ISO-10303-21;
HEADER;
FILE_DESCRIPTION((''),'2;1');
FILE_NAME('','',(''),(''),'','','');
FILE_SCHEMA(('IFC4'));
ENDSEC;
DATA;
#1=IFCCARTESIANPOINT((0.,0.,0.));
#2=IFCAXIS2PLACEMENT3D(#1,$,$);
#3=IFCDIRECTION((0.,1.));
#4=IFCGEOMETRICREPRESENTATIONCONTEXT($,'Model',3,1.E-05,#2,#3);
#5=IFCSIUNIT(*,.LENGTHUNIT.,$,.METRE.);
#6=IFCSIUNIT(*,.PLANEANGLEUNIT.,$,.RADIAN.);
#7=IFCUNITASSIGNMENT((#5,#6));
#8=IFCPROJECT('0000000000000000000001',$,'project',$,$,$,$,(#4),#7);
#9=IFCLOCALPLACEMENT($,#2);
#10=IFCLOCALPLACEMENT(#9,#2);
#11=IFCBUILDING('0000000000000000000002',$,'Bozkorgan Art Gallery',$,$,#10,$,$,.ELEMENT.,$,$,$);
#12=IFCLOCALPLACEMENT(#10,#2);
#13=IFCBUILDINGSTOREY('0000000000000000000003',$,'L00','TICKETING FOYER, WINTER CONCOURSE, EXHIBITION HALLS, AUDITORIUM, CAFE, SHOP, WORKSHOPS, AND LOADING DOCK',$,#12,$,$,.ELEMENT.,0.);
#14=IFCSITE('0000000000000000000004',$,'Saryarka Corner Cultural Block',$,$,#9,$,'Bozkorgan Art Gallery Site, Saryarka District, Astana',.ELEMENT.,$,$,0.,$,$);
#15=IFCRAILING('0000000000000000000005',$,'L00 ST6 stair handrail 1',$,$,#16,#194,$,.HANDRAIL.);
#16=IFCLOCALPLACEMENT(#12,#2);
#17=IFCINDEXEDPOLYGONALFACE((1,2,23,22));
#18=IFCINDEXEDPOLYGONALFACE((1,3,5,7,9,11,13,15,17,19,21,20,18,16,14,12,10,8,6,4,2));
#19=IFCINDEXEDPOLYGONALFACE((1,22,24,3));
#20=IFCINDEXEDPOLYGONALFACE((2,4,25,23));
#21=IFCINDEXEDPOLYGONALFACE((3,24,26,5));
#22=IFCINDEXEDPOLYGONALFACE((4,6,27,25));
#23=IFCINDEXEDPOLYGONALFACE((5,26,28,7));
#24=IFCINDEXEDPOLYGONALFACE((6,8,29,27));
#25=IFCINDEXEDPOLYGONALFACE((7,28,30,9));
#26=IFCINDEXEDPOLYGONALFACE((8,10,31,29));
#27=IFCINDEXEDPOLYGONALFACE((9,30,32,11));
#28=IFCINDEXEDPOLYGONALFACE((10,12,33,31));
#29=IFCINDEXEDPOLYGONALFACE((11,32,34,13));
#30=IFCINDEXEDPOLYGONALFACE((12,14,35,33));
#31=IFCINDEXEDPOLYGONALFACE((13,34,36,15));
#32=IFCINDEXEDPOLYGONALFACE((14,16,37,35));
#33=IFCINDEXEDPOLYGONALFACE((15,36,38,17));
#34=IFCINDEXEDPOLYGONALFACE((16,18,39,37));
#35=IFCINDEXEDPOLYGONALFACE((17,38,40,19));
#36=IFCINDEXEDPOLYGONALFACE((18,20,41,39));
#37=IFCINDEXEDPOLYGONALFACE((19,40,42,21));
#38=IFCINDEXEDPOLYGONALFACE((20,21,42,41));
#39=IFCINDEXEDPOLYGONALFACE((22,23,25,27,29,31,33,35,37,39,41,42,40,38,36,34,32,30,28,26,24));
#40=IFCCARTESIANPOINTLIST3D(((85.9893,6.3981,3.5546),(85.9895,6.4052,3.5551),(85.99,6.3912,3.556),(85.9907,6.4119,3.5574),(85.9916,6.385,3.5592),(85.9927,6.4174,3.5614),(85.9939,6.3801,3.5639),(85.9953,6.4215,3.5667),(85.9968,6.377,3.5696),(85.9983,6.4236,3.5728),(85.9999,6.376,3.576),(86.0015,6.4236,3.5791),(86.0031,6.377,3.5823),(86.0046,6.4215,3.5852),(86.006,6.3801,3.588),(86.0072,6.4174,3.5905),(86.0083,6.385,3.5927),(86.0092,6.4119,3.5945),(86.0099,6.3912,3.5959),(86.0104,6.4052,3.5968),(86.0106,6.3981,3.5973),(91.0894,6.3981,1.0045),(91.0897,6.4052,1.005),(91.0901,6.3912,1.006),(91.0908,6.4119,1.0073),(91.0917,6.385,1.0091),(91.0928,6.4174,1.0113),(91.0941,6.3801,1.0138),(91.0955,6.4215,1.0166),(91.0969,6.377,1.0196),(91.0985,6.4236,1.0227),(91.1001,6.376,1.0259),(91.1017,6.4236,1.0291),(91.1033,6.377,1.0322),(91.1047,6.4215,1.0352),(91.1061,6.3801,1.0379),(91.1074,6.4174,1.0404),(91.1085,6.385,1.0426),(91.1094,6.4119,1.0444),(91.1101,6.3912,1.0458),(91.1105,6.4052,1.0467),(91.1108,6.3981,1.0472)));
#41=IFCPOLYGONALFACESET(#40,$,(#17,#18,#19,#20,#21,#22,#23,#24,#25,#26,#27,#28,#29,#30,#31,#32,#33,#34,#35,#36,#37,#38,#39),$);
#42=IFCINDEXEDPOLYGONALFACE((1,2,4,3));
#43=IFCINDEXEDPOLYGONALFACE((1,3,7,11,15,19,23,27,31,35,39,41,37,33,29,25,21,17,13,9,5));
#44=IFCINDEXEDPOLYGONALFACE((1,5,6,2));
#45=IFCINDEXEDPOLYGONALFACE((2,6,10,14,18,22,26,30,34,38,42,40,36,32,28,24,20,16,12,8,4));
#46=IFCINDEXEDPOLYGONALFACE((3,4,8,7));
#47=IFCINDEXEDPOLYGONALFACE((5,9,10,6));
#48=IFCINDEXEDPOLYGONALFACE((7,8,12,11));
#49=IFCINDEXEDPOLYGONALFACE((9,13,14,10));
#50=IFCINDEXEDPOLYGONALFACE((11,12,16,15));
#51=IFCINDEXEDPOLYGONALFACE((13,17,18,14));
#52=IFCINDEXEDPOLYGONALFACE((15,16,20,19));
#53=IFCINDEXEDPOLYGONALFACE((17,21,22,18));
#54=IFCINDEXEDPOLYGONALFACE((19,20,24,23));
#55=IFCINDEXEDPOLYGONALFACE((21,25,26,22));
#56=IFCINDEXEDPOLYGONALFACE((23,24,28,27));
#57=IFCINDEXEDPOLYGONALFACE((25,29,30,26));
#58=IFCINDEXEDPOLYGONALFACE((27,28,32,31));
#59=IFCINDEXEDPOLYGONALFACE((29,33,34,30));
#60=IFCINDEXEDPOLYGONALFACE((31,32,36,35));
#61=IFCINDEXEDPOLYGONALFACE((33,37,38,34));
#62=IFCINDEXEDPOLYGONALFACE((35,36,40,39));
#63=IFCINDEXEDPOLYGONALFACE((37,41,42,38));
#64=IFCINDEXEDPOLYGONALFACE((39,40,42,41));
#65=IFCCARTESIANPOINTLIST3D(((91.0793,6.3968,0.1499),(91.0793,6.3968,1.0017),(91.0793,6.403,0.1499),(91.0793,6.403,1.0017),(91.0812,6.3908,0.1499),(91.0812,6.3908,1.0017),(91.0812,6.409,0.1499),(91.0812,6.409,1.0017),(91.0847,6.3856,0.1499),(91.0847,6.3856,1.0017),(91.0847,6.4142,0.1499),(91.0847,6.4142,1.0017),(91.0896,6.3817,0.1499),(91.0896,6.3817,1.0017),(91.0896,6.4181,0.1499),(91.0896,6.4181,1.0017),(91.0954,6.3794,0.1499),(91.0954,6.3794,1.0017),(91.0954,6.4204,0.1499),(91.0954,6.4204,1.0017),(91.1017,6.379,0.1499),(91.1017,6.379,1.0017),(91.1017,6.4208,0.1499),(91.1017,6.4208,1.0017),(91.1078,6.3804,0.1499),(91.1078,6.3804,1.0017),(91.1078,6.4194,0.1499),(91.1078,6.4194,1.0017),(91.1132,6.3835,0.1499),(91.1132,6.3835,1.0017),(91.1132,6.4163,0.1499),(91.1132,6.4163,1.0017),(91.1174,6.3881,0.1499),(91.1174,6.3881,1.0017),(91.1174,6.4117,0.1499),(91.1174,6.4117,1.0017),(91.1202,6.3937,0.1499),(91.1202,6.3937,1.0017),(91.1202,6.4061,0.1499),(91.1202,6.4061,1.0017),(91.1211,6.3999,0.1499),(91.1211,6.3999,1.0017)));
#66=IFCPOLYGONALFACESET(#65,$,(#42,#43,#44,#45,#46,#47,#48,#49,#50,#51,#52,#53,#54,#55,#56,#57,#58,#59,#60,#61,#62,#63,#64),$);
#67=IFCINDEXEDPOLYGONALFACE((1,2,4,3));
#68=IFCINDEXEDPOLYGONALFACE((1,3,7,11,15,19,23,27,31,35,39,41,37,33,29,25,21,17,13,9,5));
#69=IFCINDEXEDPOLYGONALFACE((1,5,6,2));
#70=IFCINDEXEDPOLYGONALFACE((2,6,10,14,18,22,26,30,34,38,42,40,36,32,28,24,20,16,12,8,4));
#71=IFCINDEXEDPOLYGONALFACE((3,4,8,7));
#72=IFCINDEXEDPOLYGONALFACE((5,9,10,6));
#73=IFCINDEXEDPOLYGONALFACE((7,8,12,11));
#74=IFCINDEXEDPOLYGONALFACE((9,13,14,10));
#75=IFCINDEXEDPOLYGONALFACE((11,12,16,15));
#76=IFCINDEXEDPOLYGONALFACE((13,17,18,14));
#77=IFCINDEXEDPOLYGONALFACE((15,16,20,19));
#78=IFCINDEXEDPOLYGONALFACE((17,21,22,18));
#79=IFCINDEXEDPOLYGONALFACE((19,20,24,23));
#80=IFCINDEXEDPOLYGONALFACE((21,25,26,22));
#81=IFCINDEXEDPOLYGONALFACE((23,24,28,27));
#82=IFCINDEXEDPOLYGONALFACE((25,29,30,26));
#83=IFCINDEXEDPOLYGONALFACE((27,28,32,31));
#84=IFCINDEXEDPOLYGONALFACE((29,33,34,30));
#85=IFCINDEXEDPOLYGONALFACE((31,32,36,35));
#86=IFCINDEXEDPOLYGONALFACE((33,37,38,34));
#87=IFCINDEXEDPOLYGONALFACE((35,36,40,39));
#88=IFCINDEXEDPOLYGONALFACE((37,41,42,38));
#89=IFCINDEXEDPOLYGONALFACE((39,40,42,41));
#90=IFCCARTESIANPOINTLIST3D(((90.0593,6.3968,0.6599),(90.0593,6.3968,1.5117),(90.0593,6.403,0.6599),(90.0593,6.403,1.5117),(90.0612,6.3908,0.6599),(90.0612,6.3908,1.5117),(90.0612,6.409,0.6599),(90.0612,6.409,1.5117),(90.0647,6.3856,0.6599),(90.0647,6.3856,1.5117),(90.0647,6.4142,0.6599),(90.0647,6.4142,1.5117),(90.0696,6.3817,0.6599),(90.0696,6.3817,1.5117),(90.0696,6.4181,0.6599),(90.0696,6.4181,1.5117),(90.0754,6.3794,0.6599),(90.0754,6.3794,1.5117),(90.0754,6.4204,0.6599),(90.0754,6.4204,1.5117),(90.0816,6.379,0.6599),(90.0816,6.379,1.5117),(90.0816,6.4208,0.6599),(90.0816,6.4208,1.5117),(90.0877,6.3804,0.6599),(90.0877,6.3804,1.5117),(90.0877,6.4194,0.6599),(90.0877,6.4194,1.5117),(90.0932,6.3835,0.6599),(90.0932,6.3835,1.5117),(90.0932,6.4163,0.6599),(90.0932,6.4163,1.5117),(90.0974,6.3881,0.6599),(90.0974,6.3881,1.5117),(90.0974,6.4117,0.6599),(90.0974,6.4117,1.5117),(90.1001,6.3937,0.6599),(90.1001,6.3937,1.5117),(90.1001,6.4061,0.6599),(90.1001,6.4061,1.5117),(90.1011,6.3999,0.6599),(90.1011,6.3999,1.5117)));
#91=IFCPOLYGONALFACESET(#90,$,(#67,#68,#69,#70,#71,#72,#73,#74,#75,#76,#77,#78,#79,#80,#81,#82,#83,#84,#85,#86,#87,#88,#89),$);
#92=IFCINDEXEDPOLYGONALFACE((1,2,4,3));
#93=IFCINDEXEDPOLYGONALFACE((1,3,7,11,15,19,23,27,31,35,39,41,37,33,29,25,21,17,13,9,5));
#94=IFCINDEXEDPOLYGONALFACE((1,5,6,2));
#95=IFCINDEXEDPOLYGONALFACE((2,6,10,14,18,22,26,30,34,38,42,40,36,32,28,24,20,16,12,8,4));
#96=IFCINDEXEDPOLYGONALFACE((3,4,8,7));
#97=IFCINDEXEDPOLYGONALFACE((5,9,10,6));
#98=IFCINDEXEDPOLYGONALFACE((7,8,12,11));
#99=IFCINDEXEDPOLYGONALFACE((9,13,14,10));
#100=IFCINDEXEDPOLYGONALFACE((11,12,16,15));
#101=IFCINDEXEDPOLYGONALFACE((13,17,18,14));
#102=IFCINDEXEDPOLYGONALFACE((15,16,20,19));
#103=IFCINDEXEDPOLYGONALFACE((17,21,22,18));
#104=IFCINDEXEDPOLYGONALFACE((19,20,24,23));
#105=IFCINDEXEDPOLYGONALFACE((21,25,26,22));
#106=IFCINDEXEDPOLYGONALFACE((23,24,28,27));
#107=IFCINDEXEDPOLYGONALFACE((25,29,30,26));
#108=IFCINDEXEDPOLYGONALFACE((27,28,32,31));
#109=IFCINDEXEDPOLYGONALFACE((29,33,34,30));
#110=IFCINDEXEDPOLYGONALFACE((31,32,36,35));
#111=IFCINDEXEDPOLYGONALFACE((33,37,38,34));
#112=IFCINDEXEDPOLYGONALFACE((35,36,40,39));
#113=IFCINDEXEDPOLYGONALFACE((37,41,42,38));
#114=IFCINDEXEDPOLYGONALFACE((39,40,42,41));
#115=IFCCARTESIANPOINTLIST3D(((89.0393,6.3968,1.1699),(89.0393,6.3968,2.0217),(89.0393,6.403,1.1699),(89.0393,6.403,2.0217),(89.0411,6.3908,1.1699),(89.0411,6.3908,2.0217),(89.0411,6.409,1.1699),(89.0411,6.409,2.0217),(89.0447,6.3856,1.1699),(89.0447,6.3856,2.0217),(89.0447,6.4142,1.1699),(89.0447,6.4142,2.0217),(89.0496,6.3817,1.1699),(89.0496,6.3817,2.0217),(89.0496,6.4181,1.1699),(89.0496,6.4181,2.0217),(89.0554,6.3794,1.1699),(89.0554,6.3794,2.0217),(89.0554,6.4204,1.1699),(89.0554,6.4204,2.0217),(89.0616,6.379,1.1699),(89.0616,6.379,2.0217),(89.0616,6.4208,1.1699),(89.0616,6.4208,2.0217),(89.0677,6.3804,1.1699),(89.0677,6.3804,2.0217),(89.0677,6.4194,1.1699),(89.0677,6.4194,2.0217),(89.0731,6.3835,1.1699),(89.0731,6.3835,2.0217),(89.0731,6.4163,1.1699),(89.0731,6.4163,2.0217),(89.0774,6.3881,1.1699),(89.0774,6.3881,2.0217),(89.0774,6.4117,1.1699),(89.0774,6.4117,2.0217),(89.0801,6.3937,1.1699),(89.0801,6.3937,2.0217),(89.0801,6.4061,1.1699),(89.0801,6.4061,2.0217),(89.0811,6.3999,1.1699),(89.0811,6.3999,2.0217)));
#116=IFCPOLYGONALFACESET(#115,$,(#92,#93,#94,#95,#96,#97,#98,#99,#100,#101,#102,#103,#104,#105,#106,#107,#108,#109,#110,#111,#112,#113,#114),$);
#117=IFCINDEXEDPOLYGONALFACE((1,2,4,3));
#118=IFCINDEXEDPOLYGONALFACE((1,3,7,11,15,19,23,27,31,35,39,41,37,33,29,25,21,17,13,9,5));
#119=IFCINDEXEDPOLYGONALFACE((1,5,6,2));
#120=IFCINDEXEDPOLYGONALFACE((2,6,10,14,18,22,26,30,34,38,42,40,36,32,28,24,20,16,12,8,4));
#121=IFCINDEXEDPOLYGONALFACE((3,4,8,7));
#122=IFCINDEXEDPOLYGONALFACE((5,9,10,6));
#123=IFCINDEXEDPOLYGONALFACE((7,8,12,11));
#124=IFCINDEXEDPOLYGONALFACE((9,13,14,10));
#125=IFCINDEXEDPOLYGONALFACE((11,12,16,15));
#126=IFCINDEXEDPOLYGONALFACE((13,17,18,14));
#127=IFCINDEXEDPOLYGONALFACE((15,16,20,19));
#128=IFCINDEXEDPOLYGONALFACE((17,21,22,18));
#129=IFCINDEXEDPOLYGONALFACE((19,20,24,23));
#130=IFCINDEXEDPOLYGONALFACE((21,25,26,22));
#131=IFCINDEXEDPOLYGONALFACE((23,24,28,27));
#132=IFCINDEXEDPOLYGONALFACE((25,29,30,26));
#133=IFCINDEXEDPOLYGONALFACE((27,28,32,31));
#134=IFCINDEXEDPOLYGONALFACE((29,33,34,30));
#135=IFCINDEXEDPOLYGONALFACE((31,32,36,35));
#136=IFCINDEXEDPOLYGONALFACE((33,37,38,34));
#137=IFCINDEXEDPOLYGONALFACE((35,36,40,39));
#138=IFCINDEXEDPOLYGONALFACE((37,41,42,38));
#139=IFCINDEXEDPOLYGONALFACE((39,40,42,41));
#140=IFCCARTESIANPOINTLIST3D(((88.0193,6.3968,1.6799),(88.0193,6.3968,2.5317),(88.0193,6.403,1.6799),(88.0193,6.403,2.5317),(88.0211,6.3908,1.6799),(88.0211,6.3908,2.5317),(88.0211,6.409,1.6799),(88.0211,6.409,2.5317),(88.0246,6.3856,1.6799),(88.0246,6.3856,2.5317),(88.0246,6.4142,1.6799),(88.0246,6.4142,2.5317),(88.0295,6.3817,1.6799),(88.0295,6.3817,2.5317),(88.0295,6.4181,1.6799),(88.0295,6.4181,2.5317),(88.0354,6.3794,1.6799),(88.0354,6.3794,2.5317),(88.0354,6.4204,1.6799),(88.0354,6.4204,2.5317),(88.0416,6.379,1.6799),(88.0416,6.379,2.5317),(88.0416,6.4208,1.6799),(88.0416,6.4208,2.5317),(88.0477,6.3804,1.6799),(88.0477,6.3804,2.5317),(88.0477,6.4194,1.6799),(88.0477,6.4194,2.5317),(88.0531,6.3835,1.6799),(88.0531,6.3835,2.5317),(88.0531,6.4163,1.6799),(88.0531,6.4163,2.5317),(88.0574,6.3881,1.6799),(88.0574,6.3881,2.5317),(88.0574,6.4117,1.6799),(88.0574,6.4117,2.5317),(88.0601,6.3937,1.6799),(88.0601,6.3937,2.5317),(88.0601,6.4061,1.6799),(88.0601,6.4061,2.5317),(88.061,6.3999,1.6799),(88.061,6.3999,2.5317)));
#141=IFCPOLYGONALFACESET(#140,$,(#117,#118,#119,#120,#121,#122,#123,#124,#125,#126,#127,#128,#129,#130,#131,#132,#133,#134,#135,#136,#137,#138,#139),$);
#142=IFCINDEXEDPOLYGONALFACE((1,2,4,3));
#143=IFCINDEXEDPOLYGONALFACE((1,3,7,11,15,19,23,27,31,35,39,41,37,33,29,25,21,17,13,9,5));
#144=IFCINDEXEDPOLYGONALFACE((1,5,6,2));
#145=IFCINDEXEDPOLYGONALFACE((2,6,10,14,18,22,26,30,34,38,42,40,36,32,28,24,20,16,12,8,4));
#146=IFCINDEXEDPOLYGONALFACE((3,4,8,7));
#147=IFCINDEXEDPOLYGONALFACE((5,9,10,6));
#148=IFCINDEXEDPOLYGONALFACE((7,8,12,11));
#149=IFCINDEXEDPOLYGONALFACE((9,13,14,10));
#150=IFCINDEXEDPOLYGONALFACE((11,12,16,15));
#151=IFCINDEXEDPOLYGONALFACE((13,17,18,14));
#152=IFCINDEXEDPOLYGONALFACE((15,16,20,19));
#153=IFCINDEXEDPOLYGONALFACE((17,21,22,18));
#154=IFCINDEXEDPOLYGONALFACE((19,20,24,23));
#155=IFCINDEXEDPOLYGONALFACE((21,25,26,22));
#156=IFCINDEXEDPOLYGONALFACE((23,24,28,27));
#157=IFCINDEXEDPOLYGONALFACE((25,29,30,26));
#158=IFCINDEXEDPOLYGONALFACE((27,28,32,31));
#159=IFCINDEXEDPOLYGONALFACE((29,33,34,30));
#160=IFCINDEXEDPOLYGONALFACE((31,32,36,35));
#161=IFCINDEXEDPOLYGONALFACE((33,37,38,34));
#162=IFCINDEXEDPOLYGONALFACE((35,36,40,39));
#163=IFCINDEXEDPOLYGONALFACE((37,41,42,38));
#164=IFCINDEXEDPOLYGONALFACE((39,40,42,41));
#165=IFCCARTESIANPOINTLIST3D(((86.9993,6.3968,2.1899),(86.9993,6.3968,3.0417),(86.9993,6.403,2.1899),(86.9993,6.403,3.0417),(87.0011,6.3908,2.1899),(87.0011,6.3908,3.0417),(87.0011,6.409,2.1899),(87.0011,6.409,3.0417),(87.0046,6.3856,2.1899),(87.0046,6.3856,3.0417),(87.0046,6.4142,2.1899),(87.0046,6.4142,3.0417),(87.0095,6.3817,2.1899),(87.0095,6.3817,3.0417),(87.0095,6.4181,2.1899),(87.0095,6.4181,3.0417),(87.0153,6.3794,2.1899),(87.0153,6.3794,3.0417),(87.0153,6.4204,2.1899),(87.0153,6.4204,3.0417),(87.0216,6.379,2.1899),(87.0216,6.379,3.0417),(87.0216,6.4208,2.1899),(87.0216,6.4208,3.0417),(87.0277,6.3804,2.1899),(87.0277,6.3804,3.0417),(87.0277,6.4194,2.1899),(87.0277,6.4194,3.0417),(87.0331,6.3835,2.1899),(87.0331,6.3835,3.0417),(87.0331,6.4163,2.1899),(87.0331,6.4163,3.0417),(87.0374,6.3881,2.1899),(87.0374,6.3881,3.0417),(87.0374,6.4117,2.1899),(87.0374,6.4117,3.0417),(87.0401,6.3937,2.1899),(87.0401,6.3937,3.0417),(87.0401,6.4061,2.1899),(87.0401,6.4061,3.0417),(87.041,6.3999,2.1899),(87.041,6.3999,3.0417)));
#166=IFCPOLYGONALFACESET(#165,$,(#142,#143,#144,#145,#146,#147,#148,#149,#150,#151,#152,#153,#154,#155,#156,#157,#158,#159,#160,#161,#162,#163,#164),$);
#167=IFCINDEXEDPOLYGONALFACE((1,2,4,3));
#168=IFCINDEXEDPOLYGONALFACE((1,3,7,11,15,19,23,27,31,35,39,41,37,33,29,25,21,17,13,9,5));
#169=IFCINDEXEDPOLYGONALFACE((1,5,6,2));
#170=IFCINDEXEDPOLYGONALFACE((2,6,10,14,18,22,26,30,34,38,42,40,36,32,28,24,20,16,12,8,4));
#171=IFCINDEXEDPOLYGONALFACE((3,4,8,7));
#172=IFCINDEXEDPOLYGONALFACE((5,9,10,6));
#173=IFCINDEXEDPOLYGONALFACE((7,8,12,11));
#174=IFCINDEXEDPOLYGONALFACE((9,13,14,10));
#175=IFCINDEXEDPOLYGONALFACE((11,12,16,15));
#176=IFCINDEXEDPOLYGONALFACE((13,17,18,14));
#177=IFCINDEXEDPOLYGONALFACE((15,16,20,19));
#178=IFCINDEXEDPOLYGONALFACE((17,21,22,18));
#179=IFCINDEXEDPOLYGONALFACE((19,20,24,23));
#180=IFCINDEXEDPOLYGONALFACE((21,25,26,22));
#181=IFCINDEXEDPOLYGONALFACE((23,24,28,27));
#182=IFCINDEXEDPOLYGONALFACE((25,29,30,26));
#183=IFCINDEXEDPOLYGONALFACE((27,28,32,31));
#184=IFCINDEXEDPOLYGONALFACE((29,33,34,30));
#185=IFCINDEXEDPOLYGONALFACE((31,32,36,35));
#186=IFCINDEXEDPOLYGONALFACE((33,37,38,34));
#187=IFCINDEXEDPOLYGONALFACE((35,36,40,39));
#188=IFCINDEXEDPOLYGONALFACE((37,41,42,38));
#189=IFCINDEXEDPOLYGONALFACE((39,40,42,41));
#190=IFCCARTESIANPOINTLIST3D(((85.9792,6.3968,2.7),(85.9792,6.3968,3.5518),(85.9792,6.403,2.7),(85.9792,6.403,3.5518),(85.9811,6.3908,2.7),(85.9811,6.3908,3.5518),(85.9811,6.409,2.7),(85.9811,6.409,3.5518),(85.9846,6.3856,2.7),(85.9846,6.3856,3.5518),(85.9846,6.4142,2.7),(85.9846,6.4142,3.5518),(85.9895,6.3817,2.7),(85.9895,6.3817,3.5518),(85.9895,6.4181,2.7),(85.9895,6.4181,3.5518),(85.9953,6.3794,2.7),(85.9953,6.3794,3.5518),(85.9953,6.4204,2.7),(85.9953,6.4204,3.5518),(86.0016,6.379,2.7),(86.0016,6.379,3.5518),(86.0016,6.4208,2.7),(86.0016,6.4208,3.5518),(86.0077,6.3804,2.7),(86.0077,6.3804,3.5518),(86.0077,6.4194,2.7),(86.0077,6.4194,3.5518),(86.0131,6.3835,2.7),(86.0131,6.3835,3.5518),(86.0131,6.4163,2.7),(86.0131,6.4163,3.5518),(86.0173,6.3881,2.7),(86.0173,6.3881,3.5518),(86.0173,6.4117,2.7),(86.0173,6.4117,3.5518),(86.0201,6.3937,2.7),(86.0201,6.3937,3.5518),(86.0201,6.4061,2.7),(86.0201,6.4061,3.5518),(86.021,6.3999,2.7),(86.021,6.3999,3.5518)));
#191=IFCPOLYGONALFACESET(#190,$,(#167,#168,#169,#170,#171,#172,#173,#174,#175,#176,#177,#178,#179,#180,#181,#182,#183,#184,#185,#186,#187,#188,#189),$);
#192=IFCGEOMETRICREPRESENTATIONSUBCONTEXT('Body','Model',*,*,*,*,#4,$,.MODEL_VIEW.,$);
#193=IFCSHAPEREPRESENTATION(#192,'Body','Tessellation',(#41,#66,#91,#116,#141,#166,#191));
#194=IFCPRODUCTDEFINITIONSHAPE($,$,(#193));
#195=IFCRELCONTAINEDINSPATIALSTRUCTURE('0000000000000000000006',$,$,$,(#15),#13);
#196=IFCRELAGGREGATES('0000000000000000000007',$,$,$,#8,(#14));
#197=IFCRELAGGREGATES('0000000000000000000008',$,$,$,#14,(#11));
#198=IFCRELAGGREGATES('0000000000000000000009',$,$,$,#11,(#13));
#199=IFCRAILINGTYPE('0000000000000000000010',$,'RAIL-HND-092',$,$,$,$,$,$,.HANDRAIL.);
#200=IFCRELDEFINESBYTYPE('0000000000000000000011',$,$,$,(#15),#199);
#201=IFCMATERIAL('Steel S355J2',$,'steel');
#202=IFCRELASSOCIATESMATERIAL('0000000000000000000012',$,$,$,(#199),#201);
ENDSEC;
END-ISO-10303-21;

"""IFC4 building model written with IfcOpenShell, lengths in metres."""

from ifc_helpers import new_model, si_unit, direction, frame, origin, origin_2d, place, context, subcontext, project, spatial, circle, extrude, material, type_object, element, save


model = new_model("IFC4")

# Units and contexts
model_context = context("Model", 3, precision=1e-05, world=origin(), true_north=direction((0.0, 1.0)))
body_context = subcontext(model_context, "Body", "Model", "MODEL_VIEW")
ifc_project = project(units=[si_unit("LENGTHUNIT", "METRE"), si_unit("PLANEANGLEUNIT", "RADIAN")], contexts=[model_context])

# Site, building, storey
site_placement = place(None, origin())
site = spatial("IfcSite", under=ifc_project, at=site_placement, Name="Saryarka Corner Cultural Block", LongName="Bozkorgan Art Gallery Site, Saryarka District, Astana", CompositionType="ELEMENT", RefElevation=0.0)
building_placement = place(site_placement, origin())
building = spatial("IfcBuilding", under=site, at=building_placement, Name="Bozkorgan Art Gallery", CompositionType="ELEMENT")
storey_placement = place(building_placement, origin())
storey = spatial("IfcBuildingStorey", under=building, at=storey_placement, Name="L00", Description="TICKETING FOYER, WINTER CONCOURSE, EXHIBITION HALLS, AUDITORIUM, CAFE, SHOP, WORKSHOPS, AND LOADING DOCK", CompositionType="ELEMENT", Elevation=0.0)

# Shared definitions
ifc_material_1 = material(Name="Steel S355J2", Category="steel")

# Railing
railing_type_1 = type_object("IfcRailingType", Name="RAIL-HND-092", PredefinedType="HANDRAIL", material=ifc_material_1)
railing_1_placement = place(storey_placement, frame((91.1001, 6.3999, 0.1499)))
element("IfcRailing", 1, at=railing_1_placement, inside=storey, type_object=railing_type_1, Name="L00 ST6 stair handrail 1", PredefinedType="HANDRAIL", context=body_context, shape_type="SweptSolid", body=[
    extrude(circle(Radius=0.0239, at=origin_2d()), frame((0.0, 0.0, 0.876), z_axis=(-0.894427, 0.0, 0.447214), x_axis=(0.0, -1.0, 0.0)), (0.0, 0.0, 1.0), 5.7021),
    extrude(circle(Radius=0.021, at=origin_2d()), origin(), (0.0, 0.0, 1.0), 0.8518),
    extrude(circle(Radius=0.021, at=origin_2d()), frame((-1.02, 0.0, 0.51)), (0.0, 0.0, 1.0), 0.8518),
    extrude(circle(Radius=0.021, at=origin_2d()), frame((-2.04, 0.0, 1.02)), (0.0, 0.0, 1.0), 0.8518),
    extrude(circle(Radius=0.021, at=origin_2d()), frame((-3.0601, 0.0, 1.53)), (0.0, 0.0, 1.0), 0.8518),
    extrude(circle(Radius=0.021, at=origin_2d()), frame((-4.0801, 0.0, 2.04)), (0.0, 0.0, 1.0), 0.8518),
    extrude(circle(Radius=0.021, at=origin_2d()), frame((-5.1001, 0.0, 2.55)), (0.0, 0.0, 1.0), 0.8518),
])

save(model, "model.ifc")
